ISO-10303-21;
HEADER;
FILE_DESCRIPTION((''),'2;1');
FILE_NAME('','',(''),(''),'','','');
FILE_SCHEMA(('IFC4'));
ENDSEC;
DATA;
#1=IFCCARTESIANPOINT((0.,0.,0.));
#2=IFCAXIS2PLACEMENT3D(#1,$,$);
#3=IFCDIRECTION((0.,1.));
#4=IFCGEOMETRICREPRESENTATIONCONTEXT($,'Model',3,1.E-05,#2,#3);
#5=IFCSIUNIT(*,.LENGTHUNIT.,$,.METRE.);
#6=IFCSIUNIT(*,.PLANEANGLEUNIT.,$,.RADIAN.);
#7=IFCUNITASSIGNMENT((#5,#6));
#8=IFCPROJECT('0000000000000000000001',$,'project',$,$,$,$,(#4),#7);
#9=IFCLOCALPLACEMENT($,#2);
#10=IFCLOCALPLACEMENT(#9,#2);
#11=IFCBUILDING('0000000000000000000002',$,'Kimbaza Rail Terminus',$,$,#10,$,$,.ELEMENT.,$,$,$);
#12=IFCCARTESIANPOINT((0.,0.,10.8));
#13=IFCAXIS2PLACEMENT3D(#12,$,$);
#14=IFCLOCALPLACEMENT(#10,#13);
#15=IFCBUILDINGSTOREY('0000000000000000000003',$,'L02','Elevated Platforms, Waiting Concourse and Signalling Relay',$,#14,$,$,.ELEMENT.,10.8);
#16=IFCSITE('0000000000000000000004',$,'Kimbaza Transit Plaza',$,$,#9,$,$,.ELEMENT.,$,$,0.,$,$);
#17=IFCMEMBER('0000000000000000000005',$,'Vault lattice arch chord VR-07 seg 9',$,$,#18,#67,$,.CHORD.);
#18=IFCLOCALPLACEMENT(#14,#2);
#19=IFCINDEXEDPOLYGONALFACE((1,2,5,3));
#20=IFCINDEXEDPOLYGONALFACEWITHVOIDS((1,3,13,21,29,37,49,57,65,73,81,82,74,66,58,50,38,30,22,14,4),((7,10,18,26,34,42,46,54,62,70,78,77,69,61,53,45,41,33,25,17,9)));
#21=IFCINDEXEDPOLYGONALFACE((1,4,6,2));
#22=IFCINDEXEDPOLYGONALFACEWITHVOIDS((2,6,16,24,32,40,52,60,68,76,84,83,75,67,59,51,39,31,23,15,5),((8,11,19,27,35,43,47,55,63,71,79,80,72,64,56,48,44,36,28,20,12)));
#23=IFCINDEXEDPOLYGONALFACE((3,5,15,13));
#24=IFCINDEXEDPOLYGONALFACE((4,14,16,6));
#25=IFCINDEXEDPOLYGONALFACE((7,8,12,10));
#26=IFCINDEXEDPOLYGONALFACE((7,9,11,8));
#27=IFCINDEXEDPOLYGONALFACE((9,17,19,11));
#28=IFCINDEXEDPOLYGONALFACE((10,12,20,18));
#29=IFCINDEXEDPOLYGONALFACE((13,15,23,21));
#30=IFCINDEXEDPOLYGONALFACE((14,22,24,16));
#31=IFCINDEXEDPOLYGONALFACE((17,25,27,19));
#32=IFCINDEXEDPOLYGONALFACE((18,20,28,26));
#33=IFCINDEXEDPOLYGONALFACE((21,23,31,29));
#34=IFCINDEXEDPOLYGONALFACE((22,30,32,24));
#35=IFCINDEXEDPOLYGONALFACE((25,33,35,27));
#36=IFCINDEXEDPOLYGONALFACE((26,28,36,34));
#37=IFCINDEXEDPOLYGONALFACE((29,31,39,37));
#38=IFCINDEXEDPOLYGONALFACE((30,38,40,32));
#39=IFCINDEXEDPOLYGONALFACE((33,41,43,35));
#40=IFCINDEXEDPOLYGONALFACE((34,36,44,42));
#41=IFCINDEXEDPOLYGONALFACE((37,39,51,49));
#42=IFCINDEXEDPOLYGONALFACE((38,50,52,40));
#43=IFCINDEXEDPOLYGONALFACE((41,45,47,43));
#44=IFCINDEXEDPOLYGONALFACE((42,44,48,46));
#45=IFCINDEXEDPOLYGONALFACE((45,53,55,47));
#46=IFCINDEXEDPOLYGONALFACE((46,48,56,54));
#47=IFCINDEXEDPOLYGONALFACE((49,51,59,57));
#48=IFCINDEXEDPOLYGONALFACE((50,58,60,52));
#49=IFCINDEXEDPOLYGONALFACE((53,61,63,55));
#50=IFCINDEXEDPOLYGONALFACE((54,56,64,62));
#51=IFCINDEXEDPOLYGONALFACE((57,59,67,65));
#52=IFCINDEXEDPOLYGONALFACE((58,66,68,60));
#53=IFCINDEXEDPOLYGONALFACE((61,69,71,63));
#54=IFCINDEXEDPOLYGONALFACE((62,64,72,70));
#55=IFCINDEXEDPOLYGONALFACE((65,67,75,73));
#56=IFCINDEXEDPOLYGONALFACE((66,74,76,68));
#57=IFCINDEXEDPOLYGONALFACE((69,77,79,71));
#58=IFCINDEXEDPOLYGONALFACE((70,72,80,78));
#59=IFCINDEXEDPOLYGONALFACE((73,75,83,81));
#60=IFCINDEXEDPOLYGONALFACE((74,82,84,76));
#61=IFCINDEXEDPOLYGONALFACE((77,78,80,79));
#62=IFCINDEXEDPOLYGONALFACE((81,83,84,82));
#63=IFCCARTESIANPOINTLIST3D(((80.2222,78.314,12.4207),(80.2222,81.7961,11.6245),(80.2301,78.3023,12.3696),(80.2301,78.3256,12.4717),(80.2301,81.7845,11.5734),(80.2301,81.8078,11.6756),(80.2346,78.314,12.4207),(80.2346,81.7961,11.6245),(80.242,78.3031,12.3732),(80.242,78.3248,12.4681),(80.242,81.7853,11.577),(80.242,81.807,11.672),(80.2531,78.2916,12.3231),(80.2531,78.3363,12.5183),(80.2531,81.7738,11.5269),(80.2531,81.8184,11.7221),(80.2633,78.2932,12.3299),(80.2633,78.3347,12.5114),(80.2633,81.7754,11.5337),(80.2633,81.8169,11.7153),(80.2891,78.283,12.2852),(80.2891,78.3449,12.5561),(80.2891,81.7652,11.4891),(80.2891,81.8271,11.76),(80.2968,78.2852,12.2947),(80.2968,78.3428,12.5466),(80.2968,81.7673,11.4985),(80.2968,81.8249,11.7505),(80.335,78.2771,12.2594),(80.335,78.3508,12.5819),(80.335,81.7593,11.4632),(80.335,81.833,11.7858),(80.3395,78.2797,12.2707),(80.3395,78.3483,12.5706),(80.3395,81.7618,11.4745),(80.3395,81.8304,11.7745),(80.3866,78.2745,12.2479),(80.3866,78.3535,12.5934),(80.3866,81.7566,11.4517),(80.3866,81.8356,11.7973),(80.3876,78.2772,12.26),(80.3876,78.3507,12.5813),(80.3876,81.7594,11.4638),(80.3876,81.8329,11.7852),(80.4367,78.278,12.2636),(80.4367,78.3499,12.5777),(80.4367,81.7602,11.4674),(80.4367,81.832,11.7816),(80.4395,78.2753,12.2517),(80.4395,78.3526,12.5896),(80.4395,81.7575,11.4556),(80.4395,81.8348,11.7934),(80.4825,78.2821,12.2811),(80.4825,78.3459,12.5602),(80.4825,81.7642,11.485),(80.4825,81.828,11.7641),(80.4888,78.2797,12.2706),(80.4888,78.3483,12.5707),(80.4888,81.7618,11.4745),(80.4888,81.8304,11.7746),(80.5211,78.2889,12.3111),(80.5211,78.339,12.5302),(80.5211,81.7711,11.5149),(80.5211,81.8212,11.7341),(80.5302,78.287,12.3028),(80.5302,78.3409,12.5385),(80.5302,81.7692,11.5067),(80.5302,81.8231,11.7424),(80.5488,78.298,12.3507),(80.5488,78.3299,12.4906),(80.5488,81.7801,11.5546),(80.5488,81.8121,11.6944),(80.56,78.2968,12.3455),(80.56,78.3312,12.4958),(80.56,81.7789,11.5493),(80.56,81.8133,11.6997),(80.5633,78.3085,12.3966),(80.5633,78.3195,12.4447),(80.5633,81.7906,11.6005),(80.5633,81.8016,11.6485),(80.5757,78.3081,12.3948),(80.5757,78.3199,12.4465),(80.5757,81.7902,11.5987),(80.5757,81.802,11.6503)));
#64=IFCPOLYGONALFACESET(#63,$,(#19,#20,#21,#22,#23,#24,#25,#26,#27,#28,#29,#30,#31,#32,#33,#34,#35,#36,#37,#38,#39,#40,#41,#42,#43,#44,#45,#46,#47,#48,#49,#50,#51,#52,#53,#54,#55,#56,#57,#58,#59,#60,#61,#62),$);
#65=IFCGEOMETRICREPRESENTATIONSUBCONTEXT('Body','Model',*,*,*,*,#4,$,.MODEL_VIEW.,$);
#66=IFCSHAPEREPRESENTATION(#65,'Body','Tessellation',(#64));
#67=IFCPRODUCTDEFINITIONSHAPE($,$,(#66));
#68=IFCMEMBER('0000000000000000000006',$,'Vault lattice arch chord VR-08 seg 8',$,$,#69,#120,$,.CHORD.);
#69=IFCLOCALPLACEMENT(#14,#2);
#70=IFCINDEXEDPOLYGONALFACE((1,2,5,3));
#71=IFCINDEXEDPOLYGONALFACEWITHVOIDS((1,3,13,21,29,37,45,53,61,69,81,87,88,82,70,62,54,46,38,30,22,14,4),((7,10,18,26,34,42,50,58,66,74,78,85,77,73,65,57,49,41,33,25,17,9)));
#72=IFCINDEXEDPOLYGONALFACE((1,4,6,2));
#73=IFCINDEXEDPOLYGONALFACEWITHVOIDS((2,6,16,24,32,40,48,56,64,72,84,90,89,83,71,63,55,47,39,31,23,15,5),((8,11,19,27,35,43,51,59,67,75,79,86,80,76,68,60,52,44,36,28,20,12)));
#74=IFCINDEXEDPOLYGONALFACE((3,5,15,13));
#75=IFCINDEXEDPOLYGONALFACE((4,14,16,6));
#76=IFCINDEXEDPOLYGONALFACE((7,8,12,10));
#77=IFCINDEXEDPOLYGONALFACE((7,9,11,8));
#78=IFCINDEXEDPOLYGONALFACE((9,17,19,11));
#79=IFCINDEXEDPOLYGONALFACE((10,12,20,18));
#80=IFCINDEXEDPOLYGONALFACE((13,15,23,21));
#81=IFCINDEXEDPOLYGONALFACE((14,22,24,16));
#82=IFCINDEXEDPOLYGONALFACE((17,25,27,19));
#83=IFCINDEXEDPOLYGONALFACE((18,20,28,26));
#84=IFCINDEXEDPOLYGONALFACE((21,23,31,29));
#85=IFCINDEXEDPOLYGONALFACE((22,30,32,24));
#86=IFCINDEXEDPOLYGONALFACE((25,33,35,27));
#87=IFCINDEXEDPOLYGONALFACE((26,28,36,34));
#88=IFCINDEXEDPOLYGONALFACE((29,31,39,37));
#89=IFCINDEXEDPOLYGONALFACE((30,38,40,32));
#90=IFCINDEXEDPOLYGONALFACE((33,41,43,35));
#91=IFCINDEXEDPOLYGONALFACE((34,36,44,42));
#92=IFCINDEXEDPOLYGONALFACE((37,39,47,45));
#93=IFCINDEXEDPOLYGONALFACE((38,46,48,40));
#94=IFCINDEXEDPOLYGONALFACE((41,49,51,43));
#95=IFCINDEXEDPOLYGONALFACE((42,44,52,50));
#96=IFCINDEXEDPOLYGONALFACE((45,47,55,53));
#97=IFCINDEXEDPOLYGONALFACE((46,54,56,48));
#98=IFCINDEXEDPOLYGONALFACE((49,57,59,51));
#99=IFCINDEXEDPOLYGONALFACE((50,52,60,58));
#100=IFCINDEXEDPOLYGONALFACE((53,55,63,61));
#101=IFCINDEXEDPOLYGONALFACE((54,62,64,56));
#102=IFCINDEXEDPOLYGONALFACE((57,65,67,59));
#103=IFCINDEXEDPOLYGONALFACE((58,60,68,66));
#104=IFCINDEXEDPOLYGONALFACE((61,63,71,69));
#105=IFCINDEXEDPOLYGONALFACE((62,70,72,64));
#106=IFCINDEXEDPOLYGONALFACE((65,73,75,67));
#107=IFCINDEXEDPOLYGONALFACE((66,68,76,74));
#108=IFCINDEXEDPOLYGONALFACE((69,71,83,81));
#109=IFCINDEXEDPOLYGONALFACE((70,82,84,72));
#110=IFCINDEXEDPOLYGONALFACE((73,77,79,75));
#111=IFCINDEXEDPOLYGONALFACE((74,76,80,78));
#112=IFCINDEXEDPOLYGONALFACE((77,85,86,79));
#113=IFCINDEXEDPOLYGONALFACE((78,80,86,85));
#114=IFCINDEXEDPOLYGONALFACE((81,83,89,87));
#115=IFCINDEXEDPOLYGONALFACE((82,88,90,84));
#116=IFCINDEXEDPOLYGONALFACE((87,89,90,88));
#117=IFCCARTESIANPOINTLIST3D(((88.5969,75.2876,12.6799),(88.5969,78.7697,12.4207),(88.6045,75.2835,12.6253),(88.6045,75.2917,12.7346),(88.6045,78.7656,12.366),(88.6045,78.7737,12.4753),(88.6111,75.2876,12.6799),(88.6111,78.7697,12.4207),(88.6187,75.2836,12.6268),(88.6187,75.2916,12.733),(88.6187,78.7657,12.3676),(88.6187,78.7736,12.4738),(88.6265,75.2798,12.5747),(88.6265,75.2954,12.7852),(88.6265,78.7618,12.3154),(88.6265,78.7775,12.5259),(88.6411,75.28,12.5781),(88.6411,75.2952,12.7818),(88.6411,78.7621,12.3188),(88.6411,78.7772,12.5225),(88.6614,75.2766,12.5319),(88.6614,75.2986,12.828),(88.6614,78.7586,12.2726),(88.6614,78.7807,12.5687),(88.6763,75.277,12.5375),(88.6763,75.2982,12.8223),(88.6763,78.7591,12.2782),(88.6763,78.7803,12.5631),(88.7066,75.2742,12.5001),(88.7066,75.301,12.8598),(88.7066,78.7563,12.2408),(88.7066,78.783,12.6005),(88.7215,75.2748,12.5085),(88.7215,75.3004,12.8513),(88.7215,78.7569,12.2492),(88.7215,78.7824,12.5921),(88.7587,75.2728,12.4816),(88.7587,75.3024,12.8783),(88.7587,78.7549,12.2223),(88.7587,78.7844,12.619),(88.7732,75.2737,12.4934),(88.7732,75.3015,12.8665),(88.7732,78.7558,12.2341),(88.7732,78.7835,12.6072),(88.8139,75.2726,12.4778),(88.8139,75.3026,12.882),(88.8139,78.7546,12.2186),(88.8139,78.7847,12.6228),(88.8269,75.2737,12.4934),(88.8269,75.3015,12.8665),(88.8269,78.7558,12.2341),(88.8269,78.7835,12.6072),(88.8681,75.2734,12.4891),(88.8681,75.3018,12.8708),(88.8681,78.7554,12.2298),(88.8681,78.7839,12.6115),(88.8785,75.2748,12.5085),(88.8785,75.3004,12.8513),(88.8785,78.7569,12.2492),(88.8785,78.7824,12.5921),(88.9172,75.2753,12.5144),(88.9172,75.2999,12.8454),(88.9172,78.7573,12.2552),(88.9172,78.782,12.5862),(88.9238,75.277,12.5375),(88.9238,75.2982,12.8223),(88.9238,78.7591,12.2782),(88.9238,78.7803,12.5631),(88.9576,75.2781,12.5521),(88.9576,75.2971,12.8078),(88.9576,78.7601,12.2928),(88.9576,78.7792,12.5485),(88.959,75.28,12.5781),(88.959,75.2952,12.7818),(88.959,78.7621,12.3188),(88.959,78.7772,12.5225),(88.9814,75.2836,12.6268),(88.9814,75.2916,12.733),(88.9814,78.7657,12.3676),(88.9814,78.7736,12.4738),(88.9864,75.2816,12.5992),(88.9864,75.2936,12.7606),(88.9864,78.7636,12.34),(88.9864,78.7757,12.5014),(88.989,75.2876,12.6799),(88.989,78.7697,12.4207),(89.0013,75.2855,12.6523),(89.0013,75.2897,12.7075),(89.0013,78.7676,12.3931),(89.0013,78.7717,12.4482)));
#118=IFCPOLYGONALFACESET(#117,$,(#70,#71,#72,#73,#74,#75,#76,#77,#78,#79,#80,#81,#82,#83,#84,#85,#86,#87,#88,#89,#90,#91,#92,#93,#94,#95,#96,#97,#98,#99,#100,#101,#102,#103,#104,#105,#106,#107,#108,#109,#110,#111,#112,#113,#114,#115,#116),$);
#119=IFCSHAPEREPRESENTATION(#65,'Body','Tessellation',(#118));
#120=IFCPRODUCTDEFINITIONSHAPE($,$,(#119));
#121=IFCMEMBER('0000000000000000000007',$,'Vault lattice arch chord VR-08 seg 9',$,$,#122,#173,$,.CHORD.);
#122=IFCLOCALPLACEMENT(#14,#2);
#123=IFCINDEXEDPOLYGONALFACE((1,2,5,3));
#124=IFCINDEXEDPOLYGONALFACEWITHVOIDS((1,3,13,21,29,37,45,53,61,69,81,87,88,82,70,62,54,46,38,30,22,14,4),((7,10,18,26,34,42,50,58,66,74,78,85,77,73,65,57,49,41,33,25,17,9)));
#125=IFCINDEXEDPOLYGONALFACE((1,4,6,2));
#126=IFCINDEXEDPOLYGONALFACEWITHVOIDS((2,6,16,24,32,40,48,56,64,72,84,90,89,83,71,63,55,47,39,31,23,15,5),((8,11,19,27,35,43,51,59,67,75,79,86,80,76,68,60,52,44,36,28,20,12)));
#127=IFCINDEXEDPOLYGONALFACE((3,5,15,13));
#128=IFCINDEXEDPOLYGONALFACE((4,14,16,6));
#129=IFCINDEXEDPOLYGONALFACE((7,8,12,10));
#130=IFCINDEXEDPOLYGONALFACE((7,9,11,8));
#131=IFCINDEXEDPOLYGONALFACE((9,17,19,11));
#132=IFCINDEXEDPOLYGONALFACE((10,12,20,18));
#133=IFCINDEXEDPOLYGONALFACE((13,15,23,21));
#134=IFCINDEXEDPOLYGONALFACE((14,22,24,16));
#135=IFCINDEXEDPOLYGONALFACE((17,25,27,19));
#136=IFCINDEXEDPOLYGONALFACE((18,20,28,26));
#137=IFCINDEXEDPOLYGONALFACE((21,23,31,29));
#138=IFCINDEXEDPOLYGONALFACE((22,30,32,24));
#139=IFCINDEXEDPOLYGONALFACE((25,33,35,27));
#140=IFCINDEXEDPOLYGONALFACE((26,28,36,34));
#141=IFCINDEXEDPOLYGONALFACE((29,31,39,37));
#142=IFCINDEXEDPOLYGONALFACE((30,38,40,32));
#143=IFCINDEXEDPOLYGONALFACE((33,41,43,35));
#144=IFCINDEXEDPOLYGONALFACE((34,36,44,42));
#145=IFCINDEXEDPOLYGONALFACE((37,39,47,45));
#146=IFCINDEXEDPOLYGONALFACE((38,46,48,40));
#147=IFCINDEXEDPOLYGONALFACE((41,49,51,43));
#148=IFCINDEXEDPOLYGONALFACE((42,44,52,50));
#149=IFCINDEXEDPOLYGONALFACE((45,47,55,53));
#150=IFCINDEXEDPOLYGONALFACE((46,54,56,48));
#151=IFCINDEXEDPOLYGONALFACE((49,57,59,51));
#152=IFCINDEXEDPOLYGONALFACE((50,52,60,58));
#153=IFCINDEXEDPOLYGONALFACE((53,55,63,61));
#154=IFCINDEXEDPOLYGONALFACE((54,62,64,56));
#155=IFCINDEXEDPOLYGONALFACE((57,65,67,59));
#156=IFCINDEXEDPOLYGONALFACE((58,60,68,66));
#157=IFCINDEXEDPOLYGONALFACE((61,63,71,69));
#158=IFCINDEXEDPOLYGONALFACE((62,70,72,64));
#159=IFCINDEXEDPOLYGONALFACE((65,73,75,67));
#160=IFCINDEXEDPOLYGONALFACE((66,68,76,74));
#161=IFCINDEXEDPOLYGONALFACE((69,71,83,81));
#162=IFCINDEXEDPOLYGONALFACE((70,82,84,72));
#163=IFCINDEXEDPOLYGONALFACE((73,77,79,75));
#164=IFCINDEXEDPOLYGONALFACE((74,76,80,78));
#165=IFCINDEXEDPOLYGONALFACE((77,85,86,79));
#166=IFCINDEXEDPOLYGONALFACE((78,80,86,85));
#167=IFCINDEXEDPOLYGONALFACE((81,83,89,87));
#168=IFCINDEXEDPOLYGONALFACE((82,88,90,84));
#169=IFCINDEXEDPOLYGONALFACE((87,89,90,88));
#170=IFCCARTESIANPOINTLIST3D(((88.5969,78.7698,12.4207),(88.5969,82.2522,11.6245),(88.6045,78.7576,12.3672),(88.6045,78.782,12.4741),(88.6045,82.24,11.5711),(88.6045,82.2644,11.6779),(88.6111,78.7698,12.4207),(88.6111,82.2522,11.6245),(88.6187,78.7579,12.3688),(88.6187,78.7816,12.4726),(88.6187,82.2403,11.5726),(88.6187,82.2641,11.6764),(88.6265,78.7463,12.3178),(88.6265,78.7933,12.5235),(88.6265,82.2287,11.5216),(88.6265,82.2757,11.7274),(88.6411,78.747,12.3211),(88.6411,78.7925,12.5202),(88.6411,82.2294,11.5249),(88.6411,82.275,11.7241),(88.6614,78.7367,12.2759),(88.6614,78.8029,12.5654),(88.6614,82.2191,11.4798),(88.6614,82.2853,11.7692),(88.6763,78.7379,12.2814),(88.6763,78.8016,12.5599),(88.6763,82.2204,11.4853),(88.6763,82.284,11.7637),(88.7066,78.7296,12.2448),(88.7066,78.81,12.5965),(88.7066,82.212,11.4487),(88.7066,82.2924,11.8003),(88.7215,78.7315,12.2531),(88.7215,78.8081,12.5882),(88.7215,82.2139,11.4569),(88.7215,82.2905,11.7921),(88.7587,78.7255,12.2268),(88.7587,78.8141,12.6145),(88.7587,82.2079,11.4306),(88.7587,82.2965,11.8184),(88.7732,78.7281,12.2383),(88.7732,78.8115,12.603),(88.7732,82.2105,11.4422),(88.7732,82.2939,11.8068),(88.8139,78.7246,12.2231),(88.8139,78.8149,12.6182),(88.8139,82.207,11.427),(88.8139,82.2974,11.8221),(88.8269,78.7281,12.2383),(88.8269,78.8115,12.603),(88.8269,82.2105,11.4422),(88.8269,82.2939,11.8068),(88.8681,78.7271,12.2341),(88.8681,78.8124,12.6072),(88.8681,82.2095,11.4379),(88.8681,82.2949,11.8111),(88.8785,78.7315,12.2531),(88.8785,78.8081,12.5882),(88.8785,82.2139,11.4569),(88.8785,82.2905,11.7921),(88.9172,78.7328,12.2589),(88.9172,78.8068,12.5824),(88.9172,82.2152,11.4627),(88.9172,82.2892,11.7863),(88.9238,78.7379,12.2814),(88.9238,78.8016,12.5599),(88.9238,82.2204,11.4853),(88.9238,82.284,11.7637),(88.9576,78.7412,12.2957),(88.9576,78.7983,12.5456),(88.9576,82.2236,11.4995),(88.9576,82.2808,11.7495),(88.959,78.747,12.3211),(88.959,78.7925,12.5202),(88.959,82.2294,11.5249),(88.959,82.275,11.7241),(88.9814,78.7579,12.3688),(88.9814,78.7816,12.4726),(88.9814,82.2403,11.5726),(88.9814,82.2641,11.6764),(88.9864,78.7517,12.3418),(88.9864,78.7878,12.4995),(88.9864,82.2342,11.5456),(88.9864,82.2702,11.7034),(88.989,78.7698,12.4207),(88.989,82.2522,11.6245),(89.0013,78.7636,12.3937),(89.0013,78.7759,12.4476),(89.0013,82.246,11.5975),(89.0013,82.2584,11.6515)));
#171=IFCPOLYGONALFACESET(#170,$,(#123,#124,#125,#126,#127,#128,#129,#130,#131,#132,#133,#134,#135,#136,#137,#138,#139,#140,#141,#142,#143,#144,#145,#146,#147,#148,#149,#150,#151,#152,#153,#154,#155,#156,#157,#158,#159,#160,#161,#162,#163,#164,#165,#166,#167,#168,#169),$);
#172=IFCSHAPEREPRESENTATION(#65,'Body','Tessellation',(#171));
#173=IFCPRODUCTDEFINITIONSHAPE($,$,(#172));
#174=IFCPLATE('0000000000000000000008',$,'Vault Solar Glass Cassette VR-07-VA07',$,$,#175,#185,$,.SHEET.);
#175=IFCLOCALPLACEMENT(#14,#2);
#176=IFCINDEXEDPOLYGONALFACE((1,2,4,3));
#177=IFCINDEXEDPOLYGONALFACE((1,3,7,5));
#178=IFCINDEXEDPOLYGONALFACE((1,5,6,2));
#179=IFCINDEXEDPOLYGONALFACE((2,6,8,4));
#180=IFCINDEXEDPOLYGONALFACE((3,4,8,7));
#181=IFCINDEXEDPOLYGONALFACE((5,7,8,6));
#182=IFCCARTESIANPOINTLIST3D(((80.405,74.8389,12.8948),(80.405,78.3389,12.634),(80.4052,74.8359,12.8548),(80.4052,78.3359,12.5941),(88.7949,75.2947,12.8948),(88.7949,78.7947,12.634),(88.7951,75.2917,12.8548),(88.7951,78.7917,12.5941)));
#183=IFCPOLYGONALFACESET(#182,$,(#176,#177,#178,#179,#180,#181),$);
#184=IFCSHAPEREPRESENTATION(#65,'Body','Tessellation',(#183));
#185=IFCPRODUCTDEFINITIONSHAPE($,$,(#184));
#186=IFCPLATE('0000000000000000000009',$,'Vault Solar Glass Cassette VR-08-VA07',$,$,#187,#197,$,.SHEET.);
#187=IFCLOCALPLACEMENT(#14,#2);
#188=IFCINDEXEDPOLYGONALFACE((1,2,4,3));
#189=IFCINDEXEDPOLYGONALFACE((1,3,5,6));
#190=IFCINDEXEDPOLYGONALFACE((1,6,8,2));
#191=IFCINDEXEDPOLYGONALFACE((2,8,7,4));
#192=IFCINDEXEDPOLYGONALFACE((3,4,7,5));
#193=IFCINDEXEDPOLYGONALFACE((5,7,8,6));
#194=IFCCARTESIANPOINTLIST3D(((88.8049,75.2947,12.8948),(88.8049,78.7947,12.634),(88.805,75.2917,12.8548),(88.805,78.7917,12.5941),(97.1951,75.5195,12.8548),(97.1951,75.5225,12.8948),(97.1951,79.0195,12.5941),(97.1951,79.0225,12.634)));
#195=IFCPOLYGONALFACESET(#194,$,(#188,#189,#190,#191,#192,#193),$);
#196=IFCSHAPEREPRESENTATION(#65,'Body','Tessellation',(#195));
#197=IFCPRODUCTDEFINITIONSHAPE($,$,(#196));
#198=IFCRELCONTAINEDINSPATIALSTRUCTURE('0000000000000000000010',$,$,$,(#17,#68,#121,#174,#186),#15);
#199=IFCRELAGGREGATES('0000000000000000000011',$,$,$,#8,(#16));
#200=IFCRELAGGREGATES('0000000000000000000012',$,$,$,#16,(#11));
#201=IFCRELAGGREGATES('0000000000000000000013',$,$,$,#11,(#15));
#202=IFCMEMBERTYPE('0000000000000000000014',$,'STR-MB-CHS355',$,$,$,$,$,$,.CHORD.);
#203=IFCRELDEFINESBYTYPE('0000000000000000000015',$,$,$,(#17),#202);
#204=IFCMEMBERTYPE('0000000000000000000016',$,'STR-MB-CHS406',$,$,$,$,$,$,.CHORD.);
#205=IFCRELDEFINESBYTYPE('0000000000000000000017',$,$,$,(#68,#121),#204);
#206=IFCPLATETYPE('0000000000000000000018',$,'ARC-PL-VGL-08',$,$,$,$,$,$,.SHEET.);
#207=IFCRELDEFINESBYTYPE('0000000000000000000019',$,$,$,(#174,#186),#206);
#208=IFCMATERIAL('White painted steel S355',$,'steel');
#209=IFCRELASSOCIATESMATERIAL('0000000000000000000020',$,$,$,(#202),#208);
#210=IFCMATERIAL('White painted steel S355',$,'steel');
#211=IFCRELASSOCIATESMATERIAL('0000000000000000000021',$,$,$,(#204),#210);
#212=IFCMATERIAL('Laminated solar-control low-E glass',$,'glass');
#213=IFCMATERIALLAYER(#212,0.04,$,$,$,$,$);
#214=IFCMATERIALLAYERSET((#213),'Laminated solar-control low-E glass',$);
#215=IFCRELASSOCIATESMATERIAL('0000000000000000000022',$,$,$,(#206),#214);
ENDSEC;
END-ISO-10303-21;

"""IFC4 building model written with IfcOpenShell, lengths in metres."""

from ifc_helpers import new_model, si_unit, direction, frame, origin, origin_2d, place, context, subcontext, project, spatial, polyline, hollow_circle, outline, extrude, material, layer, layer_set, material_profile, profile_set, type_object, element, save


model = new_model("IFC4")

# Units and contexts
model_context = context("Model", 3, precision=1e-05, world=origin(), true_north=direction((0.0, 1.0)))
body_context = subcontext(model_context, "Body", "Model", "MODEL_VIEW")
ifc_project = project(units=[si_unit("LENGTHUNIT", "METRE"), si_unit("PLANEANGLEUNIT", "RADIAN")], contexts=[model_context])

# Site, building, storey
site_placement = place(None, origin())
site = spatial("IfcSite", under=ifc_project, at=site_placement, Name="Kimbaza Transit Plaza", CompositionType="ELEMENT", RefElevation=0.0)
building_placement = place(site_placement, origin())
building = spatial("IfcBuilding", under=site, at=building_placement, Name="Kimbaza Rail Terminus", CompositionType="ELEMENT")
storey_placement = place(building_placement, frame((0.0, 0.0, 10.8)))
storey = spatial("IfcBuildingStorey", under=building, at=storey_placement, Name="L02", Description="Elevated Platforms, Waiting Concourse and Signalling Relay", CompositionType="ELEMENT", Elevation=10.8)

# Members
ifc_material_1 = material(Name="White painted steel S355", Category="steel")
ifc_material_profile_1 = material_profile(ifc_material_1, hollow_circle(Radius=0.1777, WallThickness=0.0125, at=origin_2d()), Name="CHS 355.6x12.5")
ifc_profile_set_1 = profile_set([ifc_material_profile_1], Name="White painted steel S355")
member_type_1 = type_object("IfcMemberType", Name="STR-MB-CHS355", PredefinedType="CHORD", material=ifc_profile_set_1)
member_1_placement = place(storey_placement, frame((80.3999, 78.314, 12.4207), z_axis=(0.0, 0.974845, -0.222882), x_axis=(-1.0, 0.0, 0.0)))
element("IfcMember", 1, at=member_1_placement, inside=storey, type_object=member_type_1, Name="Vault lattice arch chord VR-07 seg 9", PredefinedType="CHORD", context=body_context, shape_type="SweptSolid", body=[
    extrude(hollow_circle(Radius=0.1777, WallThickness=0.0125, at=origin_2d()), origin(), (0.0, 0.0, 1.0), 3.572),
])
ifc_material_2 = material(Name="White painted steel S355", Category="steel")
ifc_material_profile_2 = material_profile(ifc_material_2, hollow_circle(Radius=0.2031, WallThickness=0.0142, at=origin_2d()), Name="CHS 406.4x14.2")
ifc_profile_set_2 = profile_set([ifc_material_profile_2], Name="White painted steel S355")
member_type_2 = type_object("IfcMemberType", Name="STR-MB-CHS406", PredefinedType="CHORD", material=ifc_profile_set_2)
member_2_placement = place(storey_placement, frame((88.8, 75.2876, 12.6799), z_axis=(0.0, 0.997239, -0.074253), x_axis=(-1.0, 0.0, 0.0)))
element("IfcMember", 2, at=member_2_placement, inside=storey, type_object=member_type_2, Name="Vault lattice arch chord VR-08 seg 8", PredefinedType="CHORD", context=body_context, shape_type="SweptSolid", body=[
    extrude(hollow_circle(Radius=0.2031, WallThickness=0.0142, at=origin_2d()), origin(), (0.0, 0.0, 1.0), 3.4917),
])
member_3_placement = place(storey_placement, frame((88.8, 78.7698, 12.4207), z_axis=(0.0, 0.974849, -0.222867), x_axis=(-1.0, 0.0, 0.0)))
element("IfcMember", 3, at=member_3_placement, inside=storey, type_object=member_type_2, Name="Vault lattice arch chord VR-08 seg 9", PredefinedType="CHORD", context=body_context, shape_type="SweptSolid", body=[
    extrude(hollow_circle(Radius=0.2031, WallThickness=0.0142, at=origin_2d()), origin(), (0.0, 0.0, 1.0), 3.5723),
])

# Plates
ifc_material_3 = material(Name="Laminated solar-control low-E glass", Category="glass")
ifc_layer_1 = layer(ifc_material_3, 0.04)
ifc_layer_set_1 = layer_set([ifc_layer_1], Name="Laminated solar-control low-E glass")
plate_type_1 = type_object("IfcPlateType", Name="ARC-PL-VGL-08", PredefinedType="SHEET", material=ifc_layer_set_1)
plate_1_placement = place(storey_placement, frame((80.405, 74.8389, 12.8948), z_axis=(-0.004036, 0.074291, 0.997228), x_axis=(0.998527, 0.054249, 0.0)))
element("IfcPlate", 4, at=plate_1_placement, inside=storey, type_object=plate_type_1, Name="Vault Solar Glass Cassette VR-07-VA07", PredefinedType="SHEET", context=body_context, shape_type="SweptSolid", body=[
    extrude(outline(polyline([(0.0, 0.0), (8.4023, 0.0), (8.5921, 3.5046), (0.1899, 3.5046), (0.0, 0.0)])), origin(), (0.0, 0.0, -1.0), 0.04),
])
plate_2_placement = place(storey_placement, frame((88.8049, 75.2947, 12.8948), z_axis=(-0.002017, 0.074292, 0.997235), x_axis=(0.999632, 0.027139, 0.0)))
element("IfcPlate", 5, at=plate_2_placement, inside=storey, type_object=plate_type_1, Name="Vault Solar Glass Cassette VR-08-VA07", PredefinedType="SHEET", context=body_context, shape_type="SweptSolid", body=[
    extrude(outline(polyline([(0.0, 0.0), (8.3932, 0.0), (8.4882, 3.5084), (0.095, 3.5084), (0.0, 0.0)])), origin(), (0.0, 0.0, -1.0), 0.04),
])

save(model, "model.ifc")
